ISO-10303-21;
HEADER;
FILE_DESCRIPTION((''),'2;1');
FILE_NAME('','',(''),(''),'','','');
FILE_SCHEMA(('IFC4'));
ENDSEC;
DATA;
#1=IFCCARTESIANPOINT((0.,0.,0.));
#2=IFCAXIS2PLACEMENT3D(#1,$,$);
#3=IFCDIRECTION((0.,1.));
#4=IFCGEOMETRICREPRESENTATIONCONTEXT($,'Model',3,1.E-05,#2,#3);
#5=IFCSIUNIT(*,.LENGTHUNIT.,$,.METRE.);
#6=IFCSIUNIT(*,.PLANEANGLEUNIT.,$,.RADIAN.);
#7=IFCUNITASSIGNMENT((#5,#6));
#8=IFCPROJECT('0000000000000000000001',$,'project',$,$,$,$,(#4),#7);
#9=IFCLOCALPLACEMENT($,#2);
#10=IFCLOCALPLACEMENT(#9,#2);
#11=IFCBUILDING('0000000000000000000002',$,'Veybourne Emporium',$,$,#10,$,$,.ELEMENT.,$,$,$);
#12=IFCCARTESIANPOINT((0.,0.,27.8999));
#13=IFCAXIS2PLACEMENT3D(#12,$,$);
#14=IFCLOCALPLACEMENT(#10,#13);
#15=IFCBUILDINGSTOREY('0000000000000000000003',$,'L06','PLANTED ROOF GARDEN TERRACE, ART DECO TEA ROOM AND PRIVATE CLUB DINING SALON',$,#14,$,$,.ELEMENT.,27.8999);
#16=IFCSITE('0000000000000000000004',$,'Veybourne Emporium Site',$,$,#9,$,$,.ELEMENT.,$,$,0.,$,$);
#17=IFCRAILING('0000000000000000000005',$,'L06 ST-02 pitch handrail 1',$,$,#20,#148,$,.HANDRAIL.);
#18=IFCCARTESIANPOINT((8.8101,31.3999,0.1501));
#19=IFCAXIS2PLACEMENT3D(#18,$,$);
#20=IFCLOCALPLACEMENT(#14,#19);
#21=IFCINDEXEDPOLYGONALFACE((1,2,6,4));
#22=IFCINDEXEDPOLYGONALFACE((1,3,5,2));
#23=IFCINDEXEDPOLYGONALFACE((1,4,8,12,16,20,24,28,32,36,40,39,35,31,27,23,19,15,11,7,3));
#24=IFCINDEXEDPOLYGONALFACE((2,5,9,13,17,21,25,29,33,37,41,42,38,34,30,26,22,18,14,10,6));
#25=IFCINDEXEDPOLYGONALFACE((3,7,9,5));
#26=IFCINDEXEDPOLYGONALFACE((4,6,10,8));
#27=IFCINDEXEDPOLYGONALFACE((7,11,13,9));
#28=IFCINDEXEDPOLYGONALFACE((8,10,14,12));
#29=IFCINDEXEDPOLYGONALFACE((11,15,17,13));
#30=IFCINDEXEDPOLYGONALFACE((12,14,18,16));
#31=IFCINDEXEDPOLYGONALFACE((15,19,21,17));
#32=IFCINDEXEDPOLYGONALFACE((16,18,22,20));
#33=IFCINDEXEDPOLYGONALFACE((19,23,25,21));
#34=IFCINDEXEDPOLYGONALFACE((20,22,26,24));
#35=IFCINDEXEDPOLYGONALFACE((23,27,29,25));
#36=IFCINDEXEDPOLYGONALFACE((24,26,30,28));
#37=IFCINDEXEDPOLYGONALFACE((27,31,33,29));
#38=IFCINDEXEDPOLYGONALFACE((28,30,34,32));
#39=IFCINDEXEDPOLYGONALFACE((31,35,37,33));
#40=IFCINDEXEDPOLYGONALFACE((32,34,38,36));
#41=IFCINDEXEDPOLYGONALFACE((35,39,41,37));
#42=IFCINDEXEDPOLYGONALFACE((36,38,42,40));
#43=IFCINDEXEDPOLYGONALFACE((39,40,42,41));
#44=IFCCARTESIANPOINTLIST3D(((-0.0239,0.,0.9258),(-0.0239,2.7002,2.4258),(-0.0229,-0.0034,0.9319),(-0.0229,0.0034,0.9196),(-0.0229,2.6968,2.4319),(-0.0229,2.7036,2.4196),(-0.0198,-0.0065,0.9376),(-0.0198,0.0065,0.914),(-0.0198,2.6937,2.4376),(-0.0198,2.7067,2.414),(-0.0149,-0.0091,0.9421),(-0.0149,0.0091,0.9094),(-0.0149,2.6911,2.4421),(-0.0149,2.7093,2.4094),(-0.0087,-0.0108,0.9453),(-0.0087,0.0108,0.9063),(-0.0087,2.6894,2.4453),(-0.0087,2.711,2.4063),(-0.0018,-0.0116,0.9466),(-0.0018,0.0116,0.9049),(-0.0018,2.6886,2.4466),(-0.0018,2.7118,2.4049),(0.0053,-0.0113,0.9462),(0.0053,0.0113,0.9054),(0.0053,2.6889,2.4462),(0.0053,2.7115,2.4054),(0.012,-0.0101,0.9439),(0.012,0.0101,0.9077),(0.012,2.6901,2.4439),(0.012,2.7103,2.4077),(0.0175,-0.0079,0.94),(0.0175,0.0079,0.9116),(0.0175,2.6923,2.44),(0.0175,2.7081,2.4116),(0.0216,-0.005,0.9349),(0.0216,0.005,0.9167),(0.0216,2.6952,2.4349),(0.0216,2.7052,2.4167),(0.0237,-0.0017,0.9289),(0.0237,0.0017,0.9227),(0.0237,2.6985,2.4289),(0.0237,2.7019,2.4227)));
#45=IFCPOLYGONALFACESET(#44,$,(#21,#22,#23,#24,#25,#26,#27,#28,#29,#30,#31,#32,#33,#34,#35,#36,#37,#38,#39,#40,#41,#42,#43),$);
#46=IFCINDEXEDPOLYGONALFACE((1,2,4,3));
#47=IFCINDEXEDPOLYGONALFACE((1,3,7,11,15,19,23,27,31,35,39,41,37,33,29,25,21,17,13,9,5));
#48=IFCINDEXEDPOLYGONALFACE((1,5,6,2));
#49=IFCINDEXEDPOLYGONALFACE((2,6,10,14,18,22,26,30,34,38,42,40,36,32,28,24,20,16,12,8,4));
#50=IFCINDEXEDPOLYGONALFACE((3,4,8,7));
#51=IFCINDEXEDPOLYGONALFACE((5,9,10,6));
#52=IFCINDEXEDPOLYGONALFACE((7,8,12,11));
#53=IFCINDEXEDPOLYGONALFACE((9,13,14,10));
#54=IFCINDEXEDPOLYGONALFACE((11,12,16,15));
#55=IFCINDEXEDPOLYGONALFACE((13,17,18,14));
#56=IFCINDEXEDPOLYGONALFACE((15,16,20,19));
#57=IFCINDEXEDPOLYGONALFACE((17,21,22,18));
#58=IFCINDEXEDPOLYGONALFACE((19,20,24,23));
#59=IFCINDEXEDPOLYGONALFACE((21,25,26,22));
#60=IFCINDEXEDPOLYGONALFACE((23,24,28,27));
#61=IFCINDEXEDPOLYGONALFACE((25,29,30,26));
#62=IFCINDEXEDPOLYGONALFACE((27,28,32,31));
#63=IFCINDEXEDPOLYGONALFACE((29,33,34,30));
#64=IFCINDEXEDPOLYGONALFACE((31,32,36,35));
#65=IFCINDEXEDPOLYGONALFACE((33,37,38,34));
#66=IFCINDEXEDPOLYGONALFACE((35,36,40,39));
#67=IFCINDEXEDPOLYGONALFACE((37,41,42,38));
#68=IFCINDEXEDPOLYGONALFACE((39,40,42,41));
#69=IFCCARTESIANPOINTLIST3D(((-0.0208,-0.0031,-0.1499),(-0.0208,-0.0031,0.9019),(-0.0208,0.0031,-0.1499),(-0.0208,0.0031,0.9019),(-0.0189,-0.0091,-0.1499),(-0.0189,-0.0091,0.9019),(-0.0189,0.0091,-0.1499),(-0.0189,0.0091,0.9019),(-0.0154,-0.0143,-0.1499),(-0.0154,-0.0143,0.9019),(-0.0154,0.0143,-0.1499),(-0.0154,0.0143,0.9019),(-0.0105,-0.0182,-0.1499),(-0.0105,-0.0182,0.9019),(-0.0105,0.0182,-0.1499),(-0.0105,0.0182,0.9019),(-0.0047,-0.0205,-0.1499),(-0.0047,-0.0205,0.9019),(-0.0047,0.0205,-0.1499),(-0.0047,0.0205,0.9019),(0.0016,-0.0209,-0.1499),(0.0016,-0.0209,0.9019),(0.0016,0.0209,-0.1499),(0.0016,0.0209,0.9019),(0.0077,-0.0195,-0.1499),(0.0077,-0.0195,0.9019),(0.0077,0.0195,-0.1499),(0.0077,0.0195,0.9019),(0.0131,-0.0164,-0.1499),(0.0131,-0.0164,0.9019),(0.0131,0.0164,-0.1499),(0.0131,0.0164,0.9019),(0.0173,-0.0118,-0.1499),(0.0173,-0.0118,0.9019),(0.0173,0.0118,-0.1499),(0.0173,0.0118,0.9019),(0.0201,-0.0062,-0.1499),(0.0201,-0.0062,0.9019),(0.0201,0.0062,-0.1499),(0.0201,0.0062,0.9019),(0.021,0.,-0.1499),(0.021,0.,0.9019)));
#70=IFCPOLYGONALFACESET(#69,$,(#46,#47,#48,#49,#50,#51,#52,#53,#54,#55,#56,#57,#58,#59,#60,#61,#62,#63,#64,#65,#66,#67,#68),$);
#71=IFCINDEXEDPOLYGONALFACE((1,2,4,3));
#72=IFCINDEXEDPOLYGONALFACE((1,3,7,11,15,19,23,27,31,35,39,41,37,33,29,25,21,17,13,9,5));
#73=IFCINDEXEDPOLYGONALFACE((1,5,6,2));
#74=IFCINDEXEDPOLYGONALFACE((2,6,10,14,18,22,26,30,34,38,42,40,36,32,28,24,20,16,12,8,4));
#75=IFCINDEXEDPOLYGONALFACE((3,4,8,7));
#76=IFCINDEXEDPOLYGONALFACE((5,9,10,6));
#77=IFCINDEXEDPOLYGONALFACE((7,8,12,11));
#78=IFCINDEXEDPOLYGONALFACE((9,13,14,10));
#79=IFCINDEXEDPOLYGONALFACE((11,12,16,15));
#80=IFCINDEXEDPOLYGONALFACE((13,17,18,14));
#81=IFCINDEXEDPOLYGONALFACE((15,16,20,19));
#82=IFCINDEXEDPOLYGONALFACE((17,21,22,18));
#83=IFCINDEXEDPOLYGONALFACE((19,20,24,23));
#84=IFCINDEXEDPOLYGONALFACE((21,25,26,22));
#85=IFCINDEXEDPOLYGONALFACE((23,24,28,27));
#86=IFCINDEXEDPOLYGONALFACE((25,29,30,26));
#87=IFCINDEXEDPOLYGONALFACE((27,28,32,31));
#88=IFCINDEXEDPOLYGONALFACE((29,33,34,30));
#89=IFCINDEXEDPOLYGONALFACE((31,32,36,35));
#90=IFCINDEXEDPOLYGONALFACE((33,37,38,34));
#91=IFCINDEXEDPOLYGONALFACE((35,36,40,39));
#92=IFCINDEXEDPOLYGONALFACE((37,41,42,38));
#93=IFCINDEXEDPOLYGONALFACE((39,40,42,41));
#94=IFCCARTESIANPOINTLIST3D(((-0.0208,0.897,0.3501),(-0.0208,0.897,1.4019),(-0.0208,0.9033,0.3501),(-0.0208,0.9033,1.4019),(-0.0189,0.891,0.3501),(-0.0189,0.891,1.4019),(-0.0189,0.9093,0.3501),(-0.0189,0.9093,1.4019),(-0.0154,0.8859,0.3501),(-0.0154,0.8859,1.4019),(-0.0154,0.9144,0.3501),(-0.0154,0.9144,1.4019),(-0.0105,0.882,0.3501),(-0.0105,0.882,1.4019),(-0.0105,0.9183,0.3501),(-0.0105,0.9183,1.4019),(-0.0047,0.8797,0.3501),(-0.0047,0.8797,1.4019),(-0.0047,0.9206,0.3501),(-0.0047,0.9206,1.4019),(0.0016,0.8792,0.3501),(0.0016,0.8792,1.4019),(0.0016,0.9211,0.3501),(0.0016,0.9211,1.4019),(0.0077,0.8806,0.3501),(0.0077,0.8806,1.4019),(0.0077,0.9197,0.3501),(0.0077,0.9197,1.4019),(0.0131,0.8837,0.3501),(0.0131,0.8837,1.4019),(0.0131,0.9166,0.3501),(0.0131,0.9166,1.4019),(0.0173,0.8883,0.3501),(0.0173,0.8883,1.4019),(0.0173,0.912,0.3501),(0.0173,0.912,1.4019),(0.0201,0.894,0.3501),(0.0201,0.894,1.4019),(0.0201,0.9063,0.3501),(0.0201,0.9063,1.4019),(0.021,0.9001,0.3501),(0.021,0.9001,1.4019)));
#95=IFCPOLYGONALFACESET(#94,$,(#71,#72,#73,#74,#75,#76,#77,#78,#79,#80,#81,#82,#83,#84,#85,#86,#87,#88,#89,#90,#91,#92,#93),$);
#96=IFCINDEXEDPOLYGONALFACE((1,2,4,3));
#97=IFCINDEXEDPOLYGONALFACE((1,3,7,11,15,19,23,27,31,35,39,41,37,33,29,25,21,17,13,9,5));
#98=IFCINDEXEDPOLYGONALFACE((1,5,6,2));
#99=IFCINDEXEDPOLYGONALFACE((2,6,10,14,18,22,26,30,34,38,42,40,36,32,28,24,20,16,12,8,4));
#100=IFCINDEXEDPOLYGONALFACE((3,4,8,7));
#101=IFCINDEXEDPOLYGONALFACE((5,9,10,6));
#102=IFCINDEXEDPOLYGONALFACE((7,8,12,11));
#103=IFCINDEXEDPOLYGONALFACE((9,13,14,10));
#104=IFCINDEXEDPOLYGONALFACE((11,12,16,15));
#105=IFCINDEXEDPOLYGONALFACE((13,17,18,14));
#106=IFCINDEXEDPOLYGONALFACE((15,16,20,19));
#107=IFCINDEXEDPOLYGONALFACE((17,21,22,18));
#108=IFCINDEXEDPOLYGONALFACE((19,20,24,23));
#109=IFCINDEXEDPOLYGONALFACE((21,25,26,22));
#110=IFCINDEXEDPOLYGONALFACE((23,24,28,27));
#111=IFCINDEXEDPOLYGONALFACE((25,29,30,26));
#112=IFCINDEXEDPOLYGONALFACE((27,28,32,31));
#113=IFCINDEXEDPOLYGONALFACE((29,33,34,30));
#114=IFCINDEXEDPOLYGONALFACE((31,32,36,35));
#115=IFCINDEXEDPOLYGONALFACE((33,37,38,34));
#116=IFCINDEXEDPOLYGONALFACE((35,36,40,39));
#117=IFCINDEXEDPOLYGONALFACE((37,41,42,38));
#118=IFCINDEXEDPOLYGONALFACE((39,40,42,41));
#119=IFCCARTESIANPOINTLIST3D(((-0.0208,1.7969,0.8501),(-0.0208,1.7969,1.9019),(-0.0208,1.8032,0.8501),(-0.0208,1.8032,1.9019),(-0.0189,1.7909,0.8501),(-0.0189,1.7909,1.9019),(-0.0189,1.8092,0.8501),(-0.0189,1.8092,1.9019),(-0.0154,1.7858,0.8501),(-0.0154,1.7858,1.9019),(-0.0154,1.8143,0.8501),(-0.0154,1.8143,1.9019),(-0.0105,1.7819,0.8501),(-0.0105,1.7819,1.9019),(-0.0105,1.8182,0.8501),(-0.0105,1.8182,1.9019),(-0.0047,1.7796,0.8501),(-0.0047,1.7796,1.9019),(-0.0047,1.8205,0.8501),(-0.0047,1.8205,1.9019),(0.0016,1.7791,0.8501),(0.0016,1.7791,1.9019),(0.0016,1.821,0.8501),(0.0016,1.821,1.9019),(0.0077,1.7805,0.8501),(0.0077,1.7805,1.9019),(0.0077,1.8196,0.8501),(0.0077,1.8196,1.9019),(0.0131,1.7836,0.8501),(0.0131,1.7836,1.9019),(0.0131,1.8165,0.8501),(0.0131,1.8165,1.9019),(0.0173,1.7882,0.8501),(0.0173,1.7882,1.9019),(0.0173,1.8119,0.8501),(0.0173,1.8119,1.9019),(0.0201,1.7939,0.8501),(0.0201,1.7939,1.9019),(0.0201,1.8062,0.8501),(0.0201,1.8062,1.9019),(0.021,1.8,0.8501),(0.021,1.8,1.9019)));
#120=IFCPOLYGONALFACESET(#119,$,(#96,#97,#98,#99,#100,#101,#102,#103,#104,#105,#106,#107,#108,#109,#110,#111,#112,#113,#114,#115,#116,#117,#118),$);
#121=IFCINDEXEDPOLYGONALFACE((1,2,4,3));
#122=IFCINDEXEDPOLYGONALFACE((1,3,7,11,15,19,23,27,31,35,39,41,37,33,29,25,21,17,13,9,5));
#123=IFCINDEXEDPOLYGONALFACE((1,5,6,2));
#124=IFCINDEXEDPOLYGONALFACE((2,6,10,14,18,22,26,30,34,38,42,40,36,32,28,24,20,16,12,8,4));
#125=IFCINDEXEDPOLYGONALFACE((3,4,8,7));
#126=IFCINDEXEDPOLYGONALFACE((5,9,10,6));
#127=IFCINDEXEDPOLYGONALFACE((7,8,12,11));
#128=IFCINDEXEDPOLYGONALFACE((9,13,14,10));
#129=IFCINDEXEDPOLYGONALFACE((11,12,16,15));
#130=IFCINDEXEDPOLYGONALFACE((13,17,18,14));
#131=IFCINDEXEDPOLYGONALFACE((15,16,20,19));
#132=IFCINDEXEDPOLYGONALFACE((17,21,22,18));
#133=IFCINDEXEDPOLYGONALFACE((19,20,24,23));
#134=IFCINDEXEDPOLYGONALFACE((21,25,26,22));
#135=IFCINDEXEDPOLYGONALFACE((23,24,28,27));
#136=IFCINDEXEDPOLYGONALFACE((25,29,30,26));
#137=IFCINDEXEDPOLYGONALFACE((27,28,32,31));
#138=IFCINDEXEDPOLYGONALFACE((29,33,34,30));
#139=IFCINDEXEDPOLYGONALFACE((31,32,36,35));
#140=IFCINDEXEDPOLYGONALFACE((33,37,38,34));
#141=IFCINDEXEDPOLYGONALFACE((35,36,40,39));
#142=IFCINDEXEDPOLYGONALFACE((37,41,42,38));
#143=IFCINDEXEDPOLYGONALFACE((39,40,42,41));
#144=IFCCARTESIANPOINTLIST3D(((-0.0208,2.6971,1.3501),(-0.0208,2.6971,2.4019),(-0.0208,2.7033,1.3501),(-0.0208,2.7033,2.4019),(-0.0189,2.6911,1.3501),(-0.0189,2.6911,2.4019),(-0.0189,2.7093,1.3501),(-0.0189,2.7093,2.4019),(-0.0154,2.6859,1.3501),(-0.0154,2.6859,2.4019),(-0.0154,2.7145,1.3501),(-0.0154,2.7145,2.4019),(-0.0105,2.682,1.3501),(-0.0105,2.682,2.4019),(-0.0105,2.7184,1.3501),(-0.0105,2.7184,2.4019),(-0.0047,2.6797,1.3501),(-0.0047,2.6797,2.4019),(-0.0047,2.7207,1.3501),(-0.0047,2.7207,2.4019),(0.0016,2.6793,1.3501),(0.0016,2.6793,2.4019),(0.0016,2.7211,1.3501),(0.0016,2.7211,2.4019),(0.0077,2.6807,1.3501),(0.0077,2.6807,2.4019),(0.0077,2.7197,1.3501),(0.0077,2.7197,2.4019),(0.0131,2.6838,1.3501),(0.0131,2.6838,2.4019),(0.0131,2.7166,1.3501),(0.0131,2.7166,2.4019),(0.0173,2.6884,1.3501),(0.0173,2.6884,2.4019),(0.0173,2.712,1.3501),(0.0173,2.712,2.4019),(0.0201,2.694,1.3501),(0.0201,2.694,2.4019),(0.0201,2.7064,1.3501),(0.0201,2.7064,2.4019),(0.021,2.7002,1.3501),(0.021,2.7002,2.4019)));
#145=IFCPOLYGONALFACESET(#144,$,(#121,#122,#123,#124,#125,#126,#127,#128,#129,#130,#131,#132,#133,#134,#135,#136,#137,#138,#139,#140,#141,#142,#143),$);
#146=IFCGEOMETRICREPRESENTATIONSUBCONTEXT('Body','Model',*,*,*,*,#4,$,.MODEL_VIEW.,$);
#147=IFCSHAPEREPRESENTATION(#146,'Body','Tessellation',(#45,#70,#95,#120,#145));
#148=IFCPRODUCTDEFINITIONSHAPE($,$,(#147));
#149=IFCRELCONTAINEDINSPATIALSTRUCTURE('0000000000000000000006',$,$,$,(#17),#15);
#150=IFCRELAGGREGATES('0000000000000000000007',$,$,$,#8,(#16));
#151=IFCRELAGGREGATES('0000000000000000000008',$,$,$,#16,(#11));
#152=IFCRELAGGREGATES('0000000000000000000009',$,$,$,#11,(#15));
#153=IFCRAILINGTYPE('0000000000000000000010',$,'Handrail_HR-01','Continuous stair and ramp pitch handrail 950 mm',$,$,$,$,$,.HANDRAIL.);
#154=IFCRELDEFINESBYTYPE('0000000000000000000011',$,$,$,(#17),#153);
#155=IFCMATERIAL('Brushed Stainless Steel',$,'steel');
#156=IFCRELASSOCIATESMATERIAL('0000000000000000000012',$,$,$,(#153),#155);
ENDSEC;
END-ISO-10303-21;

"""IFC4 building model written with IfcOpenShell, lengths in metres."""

from ifc_helpers import new_model, si_unit, direction, frame, origin, origin_2d, place, context, subcontext, project, spatial, circle, extrude, material, type_object, element, save


model = new_model("IFC4")

# Units and contexts
model_context = context("Model", 3, precision=1e-05, world=origin(), true_north=direction((0.0, 1.0)))
body_context = subcontext(model_context, "Body", "Model", "MODEL_VIEW")
ifc_project = project(units=[si_unit("LENGTHUNIT", "METRE"), si_unit("PLANEANGLEUNIT", "RADIAN")], contexts=[model_context])

# Site, building, storey
site_placement = place(None, origin())
site = spatial("IfcSite", under=ifc_project, at=site_placement, Name="Veybourne Emporium Site", CompositionType="ELEMENT", RefElevation=0.0)
building_placement = place(site_placement, origin())
building = spatial("IfcBuilding", under=site, at=building_placement, Name="Veybourne Emporium", CompositionType="ELEMENT")
storey_placement = place(building_placement, frame((0.0, 0.0, 27.8999)))
storey = spatial("IfcBuildingStorey", under=building, at=storey_placement, Name="L06", Description="PLANTED ROOF GARDEN TERRACE, ART DECO TEA ROOM AND PRIVATE CLUB DINING SALON", CompositionType="ELEMENT", Elevation=27.8999)

# Railing
ifc_material_1 = material(Name="Brushed Stainless Steel", Category="steel")
railing_type_1 = type_object("IfcRailingType", Name="Handrail_HR-01", Description="Continuous stair and ramp pitch handrail 950 mm", PredefinedType="HANDRAIL", material=ifc_material_1)
railing_1_placement = place(storey_placement, frame((8.8101, 31.3999, 0.1501)))
element("IfcRailing", 1, at=railing_1_placement, inside=storey, type_object=railing_type_1, Name="L06 ST-02 pitch handrail 1", PredefinedType="HANDRAIL", context=body_context, shape_type="SweptSolid", body=[
    extrude(circle(Radius=0.0239, at=origin_2d()), frame((0.0, 0.0, 0.9258), z_axis=(0.0, 0.874172, 0.485616), x_axis=(-1.0, 0.0, 0.0)), (0.0, 0.0, 1.0), 3.0889),
    extrude(circle(Radius=0.021, at=origin_2d()), frame((0.0, 0.0, -0.1499)), (0.0, 0.0, 1.0), 1.0518),
    extrude(circle(Radius=0.021, at=origin_2d()), frame((0.0, 0.9001, 0.3501)), (0.0, 0.0, 1.0), 1.0518),
    extrude(circle(Radius=0.021, at=origin_2d()), frame((0.0, 1.8, 0.8501)), (0.0, 0.0, 1.0), 1.0518),
    extrude(circle(Radius=0.021, at=origin_2d()), frame((0.0, 2.7002, 1.3501)), (0.0, 0.0, 1.0), 1.0518),
])

save(model, "model.ifc")
